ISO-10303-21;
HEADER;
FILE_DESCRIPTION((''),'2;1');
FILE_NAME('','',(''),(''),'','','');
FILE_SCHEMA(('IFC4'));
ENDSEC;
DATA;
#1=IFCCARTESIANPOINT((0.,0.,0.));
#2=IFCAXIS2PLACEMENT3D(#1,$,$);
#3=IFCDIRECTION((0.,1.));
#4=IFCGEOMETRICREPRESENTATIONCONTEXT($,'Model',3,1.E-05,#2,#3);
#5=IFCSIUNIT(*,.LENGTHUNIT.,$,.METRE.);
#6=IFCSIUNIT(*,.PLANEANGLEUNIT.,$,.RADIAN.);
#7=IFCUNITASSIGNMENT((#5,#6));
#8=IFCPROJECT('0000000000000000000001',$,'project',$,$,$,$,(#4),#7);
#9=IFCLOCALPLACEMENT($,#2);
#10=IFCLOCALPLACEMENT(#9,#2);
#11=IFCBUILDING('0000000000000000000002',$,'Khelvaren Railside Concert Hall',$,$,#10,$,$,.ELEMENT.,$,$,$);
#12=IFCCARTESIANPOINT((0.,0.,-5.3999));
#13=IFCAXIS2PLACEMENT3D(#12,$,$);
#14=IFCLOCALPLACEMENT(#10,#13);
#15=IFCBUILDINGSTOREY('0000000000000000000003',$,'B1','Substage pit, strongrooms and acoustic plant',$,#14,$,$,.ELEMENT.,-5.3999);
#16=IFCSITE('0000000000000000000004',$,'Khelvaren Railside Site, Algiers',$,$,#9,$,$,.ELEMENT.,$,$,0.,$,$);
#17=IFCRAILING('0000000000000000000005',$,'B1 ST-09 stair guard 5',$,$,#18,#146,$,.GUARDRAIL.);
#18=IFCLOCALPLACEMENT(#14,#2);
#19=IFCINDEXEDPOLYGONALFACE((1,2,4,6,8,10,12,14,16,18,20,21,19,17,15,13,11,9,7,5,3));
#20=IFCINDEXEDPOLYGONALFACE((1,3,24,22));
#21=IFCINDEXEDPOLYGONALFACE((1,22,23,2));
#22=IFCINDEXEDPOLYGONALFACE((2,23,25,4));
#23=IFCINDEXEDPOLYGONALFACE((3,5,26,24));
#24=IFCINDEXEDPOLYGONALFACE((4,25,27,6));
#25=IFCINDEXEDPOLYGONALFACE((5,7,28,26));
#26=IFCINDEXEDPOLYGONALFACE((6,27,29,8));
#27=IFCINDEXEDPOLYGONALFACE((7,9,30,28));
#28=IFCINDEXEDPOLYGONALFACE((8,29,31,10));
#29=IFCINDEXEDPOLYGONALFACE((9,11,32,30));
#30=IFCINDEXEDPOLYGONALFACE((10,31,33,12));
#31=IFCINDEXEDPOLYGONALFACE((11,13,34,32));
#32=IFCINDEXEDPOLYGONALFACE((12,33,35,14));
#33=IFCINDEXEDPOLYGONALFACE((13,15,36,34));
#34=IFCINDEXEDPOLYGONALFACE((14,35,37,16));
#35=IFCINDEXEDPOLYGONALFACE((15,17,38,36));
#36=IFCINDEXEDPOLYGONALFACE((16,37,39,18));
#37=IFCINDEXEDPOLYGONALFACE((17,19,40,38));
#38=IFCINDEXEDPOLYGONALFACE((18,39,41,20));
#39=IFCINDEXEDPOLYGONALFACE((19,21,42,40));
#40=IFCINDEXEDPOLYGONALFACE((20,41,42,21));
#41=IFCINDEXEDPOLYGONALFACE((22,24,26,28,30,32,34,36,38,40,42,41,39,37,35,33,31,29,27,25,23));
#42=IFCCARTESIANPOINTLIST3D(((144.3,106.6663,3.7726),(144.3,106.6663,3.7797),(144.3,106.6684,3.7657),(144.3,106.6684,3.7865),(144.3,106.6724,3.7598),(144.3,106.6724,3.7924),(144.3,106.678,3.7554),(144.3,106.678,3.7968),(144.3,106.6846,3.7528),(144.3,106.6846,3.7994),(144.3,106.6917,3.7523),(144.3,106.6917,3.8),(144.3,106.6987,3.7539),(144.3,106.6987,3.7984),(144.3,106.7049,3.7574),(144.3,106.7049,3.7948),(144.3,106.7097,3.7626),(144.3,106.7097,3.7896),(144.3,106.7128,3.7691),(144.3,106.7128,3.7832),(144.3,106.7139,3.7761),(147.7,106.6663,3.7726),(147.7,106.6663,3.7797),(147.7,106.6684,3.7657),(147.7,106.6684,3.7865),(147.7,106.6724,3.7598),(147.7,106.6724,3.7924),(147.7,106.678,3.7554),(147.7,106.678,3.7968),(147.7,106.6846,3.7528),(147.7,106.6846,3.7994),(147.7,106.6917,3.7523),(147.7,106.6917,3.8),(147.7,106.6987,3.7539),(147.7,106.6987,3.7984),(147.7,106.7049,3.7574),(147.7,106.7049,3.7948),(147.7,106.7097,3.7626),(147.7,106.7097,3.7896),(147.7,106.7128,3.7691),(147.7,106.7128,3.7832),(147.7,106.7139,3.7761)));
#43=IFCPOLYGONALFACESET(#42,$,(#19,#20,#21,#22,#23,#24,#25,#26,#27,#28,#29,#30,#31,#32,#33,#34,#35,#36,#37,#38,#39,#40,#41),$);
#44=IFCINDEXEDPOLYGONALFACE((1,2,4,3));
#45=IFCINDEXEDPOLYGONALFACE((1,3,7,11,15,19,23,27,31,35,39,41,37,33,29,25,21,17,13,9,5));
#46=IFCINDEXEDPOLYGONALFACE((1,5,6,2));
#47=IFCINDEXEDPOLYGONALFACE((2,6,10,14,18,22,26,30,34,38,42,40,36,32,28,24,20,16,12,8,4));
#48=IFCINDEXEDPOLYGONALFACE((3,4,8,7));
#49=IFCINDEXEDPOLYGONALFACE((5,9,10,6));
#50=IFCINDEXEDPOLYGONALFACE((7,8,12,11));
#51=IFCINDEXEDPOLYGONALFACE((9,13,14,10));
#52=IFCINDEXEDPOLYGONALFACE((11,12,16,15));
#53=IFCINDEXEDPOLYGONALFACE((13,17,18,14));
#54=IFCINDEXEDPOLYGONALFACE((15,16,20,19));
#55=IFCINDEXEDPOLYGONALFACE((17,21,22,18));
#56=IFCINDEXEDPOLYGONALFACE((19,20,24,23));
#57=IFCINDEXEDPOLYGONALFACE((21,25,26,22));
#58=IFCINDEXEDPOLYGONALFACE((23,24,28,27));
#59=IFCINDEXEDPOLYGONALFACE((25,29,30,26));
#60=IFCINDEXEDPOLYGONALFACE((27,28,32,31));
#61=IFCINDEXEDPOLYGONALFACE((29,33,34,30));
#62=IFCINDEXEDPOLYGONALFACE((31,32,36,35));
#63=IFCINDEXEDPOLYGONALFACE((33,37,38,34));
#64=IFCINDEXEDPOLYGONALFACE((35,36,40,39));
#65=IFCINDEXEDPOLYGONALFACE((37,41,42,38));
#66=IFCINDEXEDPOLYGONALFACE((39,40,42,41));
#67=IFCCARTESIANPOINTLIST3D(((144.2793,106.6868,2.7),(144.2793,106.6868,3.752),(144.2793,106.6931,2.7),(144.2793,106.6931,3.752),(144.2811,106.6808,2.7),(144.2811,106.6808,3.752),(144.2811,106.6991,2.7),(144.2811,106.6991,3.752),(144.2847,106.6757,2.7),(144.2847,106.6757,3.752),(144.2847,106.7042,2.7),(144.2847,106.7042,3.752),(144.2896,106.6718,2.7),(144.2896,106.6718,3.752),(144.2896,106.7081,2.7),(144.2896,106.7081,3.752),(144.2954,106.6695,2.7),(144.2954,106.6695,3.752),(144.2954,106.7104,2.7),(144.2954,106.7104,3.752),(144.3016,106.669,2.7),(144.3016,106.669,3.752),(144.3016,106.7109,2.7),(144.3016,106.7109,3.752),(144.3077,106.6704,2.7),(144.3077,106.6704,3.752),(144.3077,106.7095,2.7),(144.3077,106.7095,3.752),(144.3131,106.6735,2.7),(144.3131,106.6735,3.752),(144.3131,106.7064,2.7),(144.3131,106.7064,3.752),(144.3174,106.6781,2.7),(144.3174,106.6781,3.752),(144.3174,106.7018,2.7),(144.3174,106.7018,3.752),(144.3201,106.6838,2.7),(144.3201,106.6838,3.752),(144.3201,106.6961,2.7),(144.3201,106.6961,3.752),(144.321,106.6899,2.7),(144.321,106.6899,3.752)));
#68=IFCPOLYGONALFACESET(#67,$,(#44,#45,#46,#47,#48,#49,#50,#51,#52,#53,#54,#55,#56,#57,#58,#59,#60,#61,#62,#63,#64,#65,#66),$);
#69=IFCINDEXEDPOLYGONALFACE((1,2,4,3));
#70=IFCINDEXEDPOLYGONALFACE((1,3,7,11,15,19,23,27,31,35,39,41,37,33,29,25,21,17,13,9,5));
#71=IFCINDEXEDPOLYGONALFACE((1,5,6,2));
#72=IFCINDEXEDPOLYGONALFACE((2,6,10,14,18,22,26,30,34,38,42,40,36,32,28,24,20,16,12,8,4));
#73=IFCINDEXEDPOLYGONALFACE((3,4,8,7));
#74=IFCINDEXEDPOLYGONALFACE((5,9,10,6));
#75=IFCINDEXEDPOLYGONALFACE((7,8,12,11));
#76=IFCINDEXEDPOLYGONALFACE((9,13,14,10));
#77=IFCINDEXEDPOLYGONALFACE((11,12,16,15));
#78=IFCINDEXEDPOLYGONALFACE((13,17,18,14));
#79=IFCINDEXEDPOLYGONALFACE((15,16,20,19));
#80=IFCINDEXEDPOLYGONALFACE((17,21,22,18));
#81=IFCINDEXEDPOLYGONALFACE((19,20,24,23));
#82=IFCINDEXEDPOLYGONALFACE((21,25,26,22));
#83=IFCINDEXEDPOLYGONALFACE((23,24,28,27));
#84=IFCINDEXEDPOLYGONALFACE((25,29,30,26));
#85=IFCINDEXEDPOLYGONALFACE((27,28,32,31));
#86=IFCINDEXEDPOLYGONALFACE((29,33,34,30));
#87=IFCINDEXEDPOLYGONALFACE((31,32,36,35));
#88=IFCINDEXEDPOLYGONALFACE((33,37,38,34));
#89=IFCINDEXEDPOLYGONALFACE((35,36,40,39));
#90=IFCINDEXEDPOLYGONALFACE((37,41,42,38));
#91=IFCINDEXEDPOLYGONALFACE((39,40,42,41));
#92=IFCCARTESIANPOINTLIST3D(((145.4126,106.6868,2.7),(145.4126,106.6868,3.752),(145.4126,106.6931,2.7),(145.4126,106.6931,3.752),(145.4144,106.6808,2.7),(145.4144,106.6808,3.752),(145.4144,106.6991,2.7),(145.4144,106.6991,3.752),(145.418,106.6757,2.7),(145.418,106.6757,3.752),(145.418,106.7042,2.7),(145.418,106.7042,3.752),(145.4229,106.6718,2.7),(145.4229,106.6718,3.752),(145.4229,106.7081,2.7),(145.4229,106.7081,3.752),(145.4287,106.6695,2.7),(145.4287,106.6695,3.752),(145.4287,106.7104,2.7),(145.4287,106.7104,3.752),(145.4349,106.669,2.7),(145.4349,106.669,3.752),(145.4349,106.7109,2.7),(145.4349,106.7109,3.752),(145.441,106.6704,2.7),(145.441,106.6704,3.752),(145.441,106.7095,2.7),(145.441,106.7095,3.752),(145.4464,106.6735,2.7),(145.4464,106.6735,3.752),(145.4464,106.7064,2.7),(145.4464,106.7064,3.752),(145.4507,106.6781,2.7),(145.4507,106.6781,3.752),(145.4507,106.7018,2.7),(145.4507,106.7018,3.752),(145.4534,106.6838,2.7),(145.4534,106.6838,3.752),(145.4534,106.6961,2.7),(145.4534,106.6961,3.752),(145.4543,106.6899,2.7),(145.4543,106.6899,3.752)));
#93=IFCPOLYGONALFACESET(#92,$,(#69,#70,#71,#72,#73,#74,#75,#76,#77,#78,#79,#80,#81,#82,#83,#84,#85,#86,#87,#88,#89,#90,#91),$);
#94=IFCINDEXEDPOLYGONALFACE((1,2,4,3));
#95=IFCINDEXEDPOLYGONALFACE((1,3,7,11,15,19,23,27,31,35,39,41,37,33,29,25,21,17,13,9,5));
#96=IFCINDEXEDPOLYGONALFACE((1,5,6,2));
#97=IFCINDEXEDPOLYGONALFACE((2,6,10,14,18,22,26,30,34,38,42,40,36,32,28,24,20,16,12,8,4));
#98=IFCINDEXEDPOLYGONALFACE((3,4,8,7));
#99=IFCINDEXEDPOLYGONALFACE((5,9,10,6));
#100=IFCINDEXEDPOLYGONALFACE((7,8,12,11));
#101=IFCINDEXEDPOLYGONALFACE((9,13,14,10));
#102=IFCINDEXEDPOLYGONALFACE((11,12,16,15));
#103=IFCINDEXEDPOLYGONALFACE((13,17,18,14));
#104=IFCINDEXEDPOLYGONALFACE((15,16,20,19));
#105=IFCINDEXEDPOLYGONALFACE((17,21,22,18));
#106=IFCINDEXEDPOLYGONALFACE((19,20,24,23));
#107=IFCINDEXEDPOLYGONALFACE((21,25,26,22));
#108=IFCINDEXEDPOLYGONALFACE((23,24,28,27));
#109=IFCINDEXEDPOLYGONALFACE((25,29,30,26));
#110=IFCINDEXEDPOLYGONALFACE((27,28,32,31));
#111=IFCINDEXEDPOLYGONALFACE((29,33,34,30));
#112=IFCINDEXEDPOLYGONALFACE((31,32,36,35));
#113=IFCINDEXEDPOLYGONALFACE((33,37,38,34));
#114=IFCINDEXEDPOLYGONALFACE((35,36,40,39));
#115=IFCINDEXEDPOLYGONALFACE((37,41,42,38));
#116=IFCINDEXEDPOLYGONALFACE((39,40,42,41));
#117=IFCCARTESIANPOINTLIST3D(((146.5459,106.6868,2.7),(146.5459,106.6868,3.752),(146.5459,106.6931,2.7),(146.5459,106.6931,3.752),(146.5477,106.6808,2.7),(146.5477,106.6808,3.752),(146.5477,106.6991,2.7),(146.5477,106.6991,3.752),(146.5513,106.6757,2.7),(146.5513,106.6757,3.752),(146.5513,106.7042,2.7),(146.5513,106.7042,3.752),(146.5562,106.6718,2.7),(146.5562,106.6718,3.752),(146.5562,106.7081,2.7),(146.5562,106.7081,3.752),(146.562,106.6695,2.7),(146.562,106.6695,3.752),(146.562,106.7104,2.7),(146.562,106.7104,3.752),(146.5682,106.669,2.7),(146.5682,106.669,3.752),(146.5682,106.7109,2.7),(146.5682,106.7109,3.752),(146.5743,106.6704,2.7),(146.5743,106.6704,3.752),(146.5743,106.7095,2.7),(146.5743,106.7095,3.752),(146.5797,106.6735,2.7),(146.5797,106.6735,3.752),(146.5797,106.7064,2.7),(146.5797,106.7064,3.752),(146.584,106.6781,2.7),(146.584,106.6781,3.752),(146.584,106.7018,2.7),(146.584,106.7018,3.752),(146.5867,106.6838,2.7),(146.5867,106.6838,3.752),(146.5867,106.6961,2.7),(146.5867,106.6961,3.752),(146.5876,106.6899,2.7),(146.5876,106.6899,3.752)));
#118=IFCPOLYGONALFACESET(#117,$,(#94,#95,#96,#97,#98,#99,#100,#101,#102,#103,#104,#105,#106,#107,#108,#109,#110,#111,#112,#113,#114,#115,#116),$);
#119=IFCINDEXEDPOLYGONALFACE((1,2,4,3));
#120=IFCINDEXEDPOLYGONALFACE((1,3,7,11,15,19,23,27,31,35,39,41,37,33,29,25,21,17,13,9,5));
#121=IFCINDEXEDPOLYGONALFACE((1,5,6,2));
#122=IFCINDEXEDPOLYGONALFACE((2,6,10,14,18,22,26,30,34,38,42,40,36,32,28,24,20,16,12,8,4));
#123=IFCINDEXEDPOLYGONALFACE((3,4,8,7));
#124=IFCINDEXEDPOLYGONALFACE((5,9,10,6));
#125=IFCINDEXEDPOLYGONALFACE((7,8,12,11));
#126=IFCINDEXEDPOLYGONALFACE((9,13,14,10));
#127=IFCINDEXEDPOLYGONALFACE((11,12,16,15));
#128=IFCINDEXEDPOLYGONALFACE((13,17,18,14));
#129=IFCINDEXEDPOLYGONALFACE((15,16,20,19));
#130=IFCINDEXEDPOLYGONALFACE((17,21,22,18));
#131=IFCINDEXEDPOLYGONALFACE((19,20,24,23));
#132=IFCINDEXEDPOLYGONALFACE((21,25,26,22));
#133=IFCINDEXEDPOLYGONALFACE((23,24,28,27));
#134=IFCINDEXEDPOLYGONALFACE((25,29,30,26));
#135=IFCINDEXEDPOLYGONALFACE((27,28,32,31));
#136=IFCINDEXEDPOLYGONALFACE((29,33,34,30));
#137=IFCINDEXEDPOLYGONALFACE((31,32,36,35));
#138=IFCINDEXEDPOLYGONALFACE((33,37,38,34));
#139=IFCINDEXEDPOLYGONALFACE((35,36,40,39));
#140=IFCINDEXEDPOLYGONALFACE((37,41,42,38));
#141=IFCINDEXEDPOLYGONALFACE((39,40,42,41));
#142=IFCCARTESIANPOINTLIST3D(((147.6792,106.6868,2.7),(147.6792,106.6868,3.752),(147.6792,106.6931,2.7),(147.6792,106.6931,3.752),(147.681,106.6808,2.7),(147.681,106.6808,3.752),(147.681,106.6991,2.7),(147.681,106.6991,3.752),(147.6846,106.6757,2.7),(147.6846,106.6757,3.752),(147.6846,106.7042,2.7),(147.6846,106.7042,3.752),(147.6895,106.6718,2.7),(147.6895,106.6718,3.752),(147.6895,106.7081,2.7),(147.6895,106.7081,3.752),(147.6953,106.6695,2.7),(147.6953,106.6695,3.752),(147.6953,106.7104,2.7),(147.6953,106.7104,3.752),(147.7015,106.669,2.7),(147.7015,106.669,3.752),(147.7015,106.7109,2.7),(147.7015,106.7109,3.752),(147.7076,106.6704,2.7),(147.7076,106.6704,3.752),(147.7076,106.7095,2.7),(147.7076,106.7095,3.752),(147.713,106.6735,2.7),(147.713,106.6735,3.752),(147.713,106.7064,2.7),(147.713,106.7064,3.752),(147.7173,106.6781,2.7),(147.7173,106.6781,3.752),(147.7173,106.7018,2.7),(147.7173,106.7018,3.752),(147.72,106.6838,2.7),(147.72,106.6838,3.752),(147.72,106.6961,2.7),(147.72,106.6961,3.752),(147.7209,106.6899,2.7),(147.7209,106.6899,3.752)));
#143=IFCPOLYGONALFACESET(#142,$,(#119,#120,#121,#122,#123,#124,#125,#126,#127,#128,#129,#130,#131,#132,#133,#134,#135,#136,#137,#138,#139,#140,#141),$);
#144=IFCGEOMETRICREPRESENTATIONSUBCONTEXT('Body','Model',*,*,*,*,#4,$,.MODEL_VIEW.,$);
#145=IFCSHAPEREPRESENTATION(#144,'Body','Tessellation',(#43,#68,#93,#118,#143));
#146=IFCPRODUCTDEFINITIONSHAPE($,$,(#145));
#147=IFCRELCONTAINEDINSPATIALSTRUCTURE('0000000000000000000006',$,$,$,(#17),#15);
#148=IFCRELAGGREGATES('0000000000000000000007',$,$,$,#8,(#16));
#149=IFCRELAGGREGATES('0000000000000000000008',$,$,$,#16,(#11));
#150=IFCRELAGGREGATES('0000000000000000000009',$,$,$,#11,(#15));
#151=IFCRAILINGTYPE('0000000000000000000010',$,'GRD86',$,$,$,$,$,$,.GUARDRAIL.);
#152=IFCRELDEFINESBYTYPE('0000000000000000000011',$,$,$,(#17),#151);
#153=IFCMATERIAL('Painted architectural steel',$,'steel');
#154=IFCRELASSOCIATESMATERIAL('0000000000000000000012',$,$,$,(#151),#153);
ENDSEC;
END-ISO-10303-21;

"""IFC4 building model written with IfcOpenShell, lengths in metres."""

from ifc_helpers import new_model, si_unit, direction, frame, origin, origin_2d, place, context, subcontext, project, spatial, circle, extrude, material, type_object, element, save


model = new_model("IFC4")

# Units and contexts
model_context = context("Model", 3, precision=1e-05, world=origin(), true_north=direction((0.0, 1.0)))
body_context = subcontext(model_context, "Body", "Model", "MODEL_VIEW")
ifc_project = project(units=[si_unit("LENGTHUNIT", "METRE"), si_unit("PLANEANGLEUNIT", "RADIAN")], contexts=[model_context])

# Site, building, storey
site_placement = place(None, origin())
site = spatial("IfcSite", under=ifc_project, at=site_placement, Name="Khelvaren Railside Site, Algiers", CompositionType="ELEMENT", RefElevation=0.0)
building_placement = place(site_placement, origin())
building = spatial("IfcBuilding", under=site, at=building_placement, Name="Khelvaren Railside Concert Hall", CompositionType="ELEMENT")
storey_placement = place(building_placement, frame((0.0, 0.0, -5.3999)))
storey = spatial("IfcBuildingStorey", under=building, at=storey_placement, Name="B1", Description="Substage pit, strongrooms and acoustic plant", CompositionType="ELEMENT", Elevation=-5.3999)

# Railing
ifc_material_1 = material(Name="Painted architectural steel", Category="steel")
railing_type_1 = type_object("IfcRailingType", Name="GRD86", PredefinedType="GUARDRAIL", material=ifc_material_1)
railing_1_placement = place(storey_placement, frame((144.3, 106.6899, 2.7)))
element("IfcRailing", 1, at=railing_1_placement, inside=storey, type_object=railing_type_1, Name="B1 ST-09 stair guard 5", PredefinedType="GUARDRAIL", context=body_context, shape_type="SweptSolid", body=[
    extrude(circle(Radius=0.0239, at=origin_2d()), frame((0.0, 0.0, 1.0762), z_axis=(1.0, 0.0, 0.0), x_axis=(0.0, 1.0, 0.0)), (0.0, 0.0, 1.0), 3.3999),
    extrude(circle(Radius=0.021, at=origin_2d()), origin(), (0.0, 0.0, 1.0), 1.052),
    extrude(circle(Radius=0.021, at=origin_2d()), frame((1.1333, 0.0, 0.0)), (0.0, 0.0, 1.0), 1.052),
    extrude(circle(Radius=0.021, at=origin_2d()), frame((2.2666, 0.0, 0.0)), (0.0, 0.0, 1.0), 1.052),
    extrude(circle(Radius=0.021, at=origin_2d()), frame((3.3999, 0.0, 0.0)), (0.0, 0.0, 1.0), 1.052),
])

save(model, "model.ifc")
